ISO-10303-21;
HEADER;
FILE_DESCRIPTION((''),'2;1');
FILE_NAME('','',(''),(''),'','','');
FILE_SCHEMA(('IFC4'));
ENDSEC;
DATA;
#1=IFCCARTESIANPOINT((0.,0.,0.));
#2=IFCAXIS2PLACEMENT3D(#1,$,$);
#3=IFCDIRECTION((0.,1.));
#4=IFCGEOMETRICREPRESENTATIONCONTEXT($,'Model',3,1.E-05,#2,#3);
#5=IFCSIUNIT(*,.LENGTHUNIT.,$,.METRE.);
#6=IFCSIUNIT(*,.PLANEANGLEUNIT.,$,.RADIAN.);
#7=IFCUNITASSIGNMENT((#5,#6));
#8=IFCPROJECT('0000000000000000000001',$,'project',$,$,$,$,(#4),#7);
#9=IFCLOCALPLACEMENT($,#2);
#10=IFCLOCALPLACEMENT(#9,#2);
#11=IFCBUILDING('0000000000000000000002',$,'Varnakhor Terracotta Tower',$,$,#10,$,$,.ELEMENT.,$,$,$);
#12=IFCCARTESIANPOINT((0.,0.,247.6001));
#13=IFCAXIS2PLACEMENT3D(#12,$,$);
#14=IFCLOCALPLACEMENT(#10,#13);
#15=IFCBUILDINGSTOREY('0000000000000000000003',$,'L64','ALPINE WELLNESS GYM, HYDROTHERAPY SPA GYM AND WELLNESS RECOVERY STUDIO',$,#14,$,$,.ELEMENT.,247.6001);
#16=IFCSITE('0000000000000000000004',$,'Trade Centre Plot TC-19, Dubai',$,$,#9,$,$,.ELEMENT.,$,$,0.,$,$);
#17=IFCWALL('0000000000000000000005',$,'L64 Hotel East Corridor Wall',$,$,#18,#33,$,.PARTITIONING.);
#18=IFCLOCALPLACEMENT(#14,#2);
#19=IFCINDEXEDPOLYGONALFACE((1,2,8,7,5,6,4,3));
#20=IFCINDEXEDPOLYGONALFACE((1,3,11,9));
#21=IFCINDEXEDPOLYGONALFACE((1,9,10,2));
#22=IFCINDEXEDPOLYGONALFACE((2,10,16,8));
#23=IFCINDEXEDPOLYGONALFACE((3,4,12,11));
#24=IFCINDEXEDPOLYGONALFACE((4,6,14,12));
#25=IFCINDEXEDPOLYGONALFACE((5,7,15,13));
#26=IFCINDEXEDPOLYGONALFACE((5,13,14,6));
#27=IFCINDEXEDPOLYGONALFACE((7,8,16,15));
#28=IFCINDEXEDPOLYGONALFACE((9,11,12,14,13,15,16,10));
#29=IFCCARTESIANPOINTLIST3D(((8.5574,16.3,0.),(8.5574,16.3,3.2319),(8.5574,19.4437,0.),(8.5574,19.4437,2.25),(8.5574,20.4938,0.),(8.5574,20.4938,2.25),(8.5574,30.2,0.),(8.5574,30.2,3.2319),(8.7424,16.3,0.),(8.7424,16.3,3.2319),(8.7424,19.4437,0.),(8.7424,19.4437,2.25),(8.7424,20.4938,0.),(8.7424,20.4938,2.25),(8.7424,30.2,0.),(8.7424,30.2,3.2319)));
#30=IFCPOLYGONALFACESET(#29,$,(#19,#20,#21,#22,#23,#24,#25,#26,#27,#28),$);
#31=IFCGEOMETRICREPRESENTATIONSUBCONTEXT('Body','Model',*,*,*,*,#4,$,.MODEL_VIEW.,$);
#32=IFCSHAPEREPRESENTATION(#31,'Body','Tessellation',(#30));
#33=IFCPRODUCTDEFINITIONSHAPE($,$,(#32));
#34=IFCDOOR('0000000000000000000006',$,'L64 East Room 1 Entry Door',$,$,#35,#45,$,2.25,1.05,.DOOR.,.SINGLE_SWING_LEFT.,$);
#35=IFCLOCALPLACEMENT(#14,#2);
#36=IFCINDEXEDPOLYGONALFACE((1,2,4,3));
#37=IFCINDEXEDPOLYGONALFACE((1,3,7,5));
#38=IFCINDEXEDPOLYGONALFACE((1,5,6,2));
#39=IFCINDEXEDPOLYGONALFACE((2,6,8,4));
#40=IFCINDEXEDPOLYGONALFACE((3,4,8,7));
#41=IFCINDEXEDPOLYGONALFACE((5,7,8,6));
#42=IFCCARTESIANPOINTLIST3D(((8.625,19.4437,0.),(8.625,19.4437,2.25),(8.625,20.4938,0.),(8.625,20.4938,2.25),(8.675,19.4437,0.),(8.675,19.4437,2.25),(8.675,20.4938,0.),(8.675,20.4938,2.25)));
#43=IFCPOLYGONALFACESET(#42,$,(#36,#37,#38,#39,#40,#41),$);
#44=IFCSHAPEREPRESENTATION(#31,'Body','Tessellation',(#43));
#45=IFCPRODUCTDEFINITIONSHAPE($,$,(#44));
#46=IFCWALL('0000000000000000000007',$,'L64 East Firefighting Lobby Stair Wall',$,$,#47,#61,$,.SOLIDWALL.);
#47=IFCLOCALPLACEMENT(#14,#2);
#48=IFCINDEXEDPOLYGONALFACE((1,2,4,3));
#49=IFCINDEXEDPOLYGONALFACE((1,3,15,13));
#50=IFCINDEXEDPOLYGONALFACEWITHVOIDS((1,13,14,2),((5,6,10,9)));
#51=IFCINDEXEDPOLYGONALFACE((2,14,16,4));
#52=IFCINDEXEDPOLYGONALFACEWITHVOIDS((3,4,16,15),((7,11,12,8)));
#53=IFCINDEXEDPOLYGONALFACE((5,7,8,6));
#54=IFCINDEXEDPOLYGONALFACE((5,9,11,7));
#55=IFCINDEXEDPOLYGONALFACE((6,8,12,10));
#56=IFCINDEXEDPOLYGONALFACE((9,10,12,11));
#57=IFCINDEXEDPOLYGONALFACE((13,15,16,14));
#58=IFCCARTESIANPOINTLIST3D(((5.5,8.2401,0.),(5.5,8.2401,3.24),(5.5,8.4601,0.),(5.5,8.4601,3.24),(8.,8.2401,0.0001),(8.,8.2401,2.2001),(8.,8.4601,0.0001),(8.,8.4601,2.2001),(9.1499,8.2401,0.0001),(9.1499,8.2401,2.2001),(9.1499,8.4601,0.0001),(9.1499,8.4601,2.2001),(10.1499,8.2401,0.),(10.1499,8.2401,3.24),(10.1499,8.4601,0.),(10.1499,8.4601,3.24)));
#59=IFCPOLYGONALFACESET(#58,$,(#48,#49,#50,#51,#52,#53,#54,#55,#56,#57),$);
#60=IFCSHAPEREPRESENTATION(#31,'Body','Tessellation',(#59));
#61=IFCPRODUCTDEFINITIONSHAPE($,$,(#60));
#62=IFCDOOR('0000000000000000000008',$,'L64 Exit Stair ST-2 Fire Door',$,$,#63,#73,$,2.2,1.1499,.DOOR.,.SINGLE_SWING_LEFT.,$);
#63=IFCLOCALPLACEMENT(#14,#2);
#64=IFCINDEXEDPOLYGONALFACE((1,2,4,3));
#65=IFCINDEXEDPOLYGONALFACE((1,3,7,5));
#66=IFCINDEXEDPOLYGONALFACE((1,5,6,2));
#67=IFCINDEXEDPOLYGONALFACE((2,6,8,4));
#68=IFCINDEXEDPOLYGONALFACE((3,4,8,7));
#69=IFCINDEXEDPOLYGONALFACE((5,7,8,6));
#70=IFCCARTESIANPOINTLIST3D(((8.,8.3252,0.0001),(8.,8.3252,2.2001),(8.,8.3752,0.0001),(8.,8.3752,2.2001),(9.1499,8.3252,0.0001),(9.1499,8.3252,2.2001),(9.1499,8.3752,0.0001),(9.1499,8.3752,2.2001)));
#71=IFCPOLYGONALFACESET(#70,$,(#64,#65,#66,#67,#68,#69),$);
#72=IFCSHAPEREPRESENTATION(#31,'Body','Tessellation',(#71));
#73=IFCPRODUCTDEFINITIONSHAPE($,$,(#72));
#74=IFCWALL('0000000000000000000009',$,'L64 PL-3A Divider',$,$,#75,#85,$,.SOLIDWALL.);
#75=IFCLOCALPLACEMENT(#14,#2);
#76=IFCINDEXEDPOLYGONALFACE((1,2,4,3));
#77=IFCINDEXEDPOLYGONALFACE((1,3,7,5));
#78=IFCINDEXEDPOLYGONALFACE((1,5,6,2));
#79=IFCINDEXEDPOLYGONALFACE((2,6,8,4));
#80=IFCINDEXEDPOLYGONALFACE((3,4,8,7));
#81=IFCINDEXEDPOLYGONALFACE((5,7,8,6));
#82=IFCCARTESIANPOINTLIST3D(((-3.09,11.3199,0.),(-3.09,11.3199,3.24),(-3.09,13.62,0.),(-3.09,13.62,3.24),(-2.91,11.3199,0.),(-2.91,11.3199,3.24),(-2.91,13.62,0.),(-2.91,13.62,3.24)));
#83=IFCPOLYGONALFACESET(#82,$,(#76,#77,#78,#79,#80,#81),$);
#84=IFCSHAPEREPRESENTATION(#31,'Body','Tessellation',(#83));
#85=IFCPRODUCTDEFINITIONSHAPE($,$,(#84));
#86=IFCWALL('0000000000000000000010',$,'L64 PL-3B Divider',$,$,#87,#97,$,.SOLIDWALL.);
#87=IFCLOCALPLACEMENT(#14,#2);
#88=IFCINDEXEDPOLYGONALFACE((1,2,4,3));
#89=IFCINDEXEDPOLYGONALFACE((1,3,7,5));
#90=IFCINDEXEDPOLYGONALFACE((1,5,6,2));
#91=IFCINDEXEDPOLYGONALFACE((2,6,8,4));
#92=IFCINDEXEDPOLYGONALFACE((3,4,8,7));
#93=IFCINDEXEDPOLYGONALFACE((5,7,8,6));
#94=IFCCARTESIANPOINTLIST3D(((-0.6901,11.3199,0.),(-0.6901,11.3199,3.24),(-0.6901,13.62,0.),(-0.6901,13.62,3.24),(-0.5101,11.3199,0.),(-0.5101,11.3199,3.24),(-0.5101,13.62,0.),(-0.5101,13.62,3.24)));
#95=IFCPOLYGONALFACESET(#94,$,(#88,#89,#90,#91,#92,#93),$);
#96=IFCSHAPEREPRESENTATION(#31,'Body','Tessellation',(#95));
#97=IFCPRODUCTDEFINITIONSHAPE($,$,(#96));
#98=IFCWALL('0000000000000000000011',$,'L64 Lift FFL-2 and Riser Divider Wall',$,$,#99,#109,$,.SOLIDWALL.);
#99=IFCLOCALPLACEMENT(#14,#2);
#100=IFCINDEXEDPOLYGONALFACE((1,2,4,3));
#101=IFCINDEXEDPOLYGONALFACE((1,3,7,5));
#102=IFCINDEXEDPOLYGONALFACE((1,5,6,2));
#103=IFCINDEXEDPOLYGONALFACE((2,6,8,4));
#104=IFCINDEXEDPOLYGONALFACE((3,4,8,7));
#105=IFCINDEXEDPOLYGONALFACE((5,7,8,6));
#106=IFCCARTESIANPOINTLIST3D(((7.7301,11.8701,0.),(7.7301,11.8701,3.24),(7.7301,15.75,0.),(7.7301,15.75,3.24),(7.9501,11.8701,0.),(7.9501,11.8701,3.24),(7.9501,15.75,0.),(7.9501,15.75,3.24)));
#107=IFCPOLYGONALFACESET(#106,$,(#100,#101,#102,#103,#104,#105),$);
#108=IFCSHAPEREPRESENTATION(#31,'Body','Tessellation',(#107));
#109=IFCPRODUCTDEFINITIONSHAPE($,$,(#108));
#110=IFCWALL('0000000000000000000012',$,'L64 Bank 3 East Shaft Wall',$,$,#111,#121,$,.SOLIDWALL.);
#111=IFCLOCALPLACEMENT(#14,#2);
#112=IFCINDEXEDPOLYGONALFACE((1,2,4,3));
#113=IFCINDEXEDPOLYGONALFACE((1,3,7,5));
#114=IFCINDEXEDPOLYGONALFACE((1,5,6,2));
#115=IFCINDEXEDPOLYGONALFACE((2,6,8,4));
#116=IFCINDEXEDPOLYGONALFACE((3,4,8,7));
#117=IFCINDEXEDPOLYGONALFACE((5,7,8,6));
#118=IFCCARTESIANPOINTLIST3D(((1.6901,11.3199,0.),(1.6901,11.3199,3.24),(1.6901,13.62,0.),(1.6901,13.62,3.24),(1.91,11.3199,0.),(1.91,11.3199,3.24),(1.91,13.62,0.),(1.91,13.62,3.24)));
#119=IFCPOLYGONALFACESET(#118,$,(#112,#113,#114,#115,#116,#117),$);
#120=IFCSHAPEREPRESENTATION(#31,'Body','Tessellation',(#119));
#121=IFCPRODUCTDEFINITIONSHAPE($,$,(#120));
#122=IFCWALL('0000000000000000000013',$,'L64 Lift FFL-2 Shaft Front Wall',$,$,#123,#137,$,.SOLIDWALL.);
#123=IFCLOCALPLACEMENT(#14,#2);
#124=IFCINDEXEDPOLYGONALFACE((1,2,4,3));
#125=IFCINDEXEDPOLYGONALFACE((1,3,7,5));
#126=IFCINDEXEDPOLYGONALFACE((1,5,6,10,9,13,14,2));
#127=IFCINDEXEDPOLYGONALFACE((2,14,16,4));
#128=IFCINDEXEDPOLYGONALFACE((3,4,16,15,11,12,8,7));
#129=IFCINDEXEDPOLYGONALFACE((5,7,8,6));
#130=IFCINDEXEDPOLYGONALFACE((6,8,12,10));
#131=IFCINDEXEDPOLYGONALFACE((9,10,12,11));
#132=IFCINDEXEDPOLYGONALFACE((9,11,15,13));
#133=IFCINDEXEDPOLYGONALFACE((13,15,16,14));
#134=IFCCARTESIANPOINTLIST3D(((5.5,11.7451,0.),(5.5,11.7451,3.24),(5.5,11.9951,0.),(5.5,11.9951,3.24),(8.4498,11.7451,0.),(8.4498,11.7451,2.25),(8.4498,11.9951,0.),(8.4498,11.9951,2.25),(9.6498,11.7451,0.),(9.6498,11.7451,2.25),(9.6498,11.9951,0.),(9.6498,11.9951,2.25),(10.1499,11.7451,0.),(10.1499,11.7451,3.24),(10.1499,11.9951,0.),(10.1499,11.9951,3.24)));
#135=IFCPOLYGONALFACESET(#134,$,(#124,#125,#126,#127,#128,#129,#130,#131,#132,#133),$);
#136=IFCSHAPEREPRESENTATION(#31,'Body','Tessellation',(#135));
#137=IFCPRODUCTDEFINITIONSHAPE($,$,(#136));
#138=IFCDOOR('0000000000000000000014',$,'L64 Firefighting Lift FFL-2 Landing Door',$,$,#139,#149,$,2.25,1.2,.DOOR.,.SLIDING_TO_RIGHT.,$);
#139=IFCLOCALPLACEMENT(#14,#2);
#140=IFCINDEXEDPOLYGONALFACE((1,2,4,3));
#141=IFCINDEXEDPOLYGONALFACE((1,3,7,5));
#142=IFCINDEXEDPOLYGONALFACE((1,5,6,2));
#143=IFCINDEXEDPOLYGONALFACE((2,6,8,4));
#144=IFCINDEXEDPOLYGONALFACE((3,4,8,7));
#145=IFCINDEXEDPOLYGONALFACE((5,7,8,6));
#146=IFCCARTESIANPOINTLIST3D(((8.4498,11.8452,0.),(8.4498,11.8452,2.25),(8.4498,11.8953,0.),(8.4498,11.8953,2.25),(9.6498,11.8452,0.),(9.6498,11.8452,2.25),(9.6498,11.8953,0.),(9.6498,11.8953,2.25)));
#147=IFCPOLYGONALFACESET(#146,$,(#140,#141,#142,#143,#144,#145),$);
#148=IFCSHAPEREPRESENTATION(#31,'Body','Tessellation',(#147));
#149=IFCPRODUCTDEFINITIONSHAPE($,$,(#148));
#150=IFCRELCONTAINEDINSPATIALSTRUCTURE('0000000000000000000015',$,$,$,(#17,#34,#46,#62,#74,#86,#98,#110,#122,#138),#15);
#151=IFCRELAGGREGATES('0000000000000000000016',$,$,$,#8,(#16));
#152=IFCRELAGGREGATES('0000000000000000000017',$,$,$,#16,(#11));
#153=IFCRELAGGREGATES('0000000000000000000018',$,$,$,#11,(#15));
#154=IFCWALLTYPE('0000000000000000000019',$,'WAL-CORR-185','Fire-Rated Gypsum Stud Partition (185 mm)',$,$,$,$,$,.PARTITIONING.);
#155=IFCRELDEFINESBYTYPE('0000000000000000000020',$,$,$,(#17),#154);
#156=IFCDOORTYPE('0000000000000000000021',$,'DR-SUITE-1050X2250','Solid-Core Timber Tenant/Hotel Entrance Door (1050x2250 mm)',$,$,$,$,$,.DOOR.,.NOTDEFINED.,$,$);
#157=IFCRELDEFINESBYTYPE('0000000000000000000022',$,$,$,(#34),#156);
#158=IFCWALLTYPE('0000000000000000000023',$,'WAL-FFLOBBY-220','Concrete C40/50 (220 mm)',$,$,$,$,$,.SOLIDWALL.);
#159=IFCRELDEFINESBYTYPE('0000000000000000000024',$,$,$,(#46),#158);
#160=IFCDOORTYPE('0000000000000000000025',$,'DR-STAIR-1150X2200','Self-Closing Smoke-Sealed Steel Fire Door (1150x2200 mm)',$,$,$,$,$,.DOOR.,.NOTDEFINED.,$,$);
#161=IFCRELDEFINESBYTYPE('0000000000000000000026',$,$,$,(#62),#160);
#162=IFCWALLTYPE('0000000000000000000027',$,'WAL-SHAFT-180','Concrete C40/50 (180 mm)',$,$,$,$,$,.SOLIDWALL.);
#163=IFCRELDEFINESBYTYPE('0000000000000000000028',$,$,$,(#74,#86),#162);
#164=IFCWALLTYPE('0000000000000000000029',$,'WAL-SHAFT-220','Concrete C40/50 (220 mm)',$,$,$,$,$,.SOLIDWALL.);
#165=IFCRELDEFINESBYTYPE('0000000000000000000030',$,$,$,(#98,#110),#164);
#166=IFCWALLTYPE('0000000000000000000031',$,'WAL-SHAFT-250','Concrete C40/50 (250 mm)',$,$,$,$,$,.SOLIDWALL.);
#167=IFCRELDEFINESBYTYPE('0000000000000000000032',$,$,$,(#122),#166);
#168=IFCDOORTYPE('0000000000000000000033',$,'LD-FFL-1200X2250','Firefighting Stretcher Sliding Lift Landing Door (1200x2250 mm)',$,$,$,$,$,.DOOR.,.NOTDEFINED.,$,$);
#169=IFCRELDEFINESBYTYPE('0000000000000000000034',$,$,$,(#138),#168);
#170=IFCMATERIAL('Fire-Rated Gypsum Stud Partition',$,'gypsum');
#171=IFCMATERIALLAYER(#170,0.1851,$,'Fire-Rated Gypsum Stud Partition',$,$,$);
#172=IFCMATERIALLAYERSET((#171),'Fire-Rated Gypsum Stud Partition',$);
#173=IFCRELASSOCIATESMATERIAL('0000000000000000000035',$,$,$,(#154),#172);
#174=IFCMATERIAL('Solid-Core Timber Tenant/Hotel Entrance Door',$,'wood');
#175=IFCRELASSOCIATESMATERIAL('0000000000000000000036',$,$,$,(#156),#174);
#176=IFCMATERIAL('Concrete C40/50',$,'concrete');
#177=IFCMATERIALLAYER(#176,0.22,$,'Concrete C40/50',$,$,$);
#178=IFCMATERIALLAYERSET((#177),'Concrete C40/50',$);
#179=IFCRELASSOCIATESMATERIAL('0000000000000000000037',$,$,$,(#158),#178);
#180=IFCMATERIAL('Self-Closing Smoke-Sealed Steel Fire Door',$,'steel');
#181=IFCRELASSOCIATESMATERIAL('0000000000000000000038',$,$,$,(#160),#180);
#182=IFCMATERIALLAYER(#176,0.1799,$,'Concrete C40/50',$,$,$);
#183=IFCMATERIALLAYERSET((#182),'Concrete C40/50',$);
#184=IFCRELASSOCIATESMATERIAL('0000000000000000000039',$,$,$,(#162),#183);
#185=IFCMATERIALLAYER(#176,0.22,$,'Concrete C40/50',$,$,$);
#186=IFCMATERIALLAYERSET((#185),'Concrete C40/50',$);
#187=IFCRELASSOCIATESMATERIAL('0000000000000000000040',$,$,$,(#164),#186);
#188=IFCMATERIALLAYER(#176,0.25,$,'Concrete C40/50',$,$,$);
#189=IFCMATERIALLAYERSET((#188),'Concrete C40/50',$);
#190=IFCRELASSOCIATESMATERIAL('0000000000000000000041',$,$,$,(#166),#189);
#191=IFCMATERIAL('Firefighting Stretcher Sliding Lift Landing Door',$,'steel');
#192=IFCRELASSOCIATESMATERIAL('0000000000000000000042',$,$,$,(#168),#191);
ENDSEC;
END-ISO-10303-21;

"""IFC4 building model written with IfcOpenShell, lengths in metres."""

from ifc_helpers import new_model, si_unit, direction, frame, frame_2d, origin, place, context, subcontext, project, spatial, rectangle, extrude, source, transform, mapped, material, layer, layer_set, type_object, type_shapes, element, fill, save


model = new_model("IFC4")

# Units and contexts
model_context = context("Model", 3, precision=1e-05, world=origin(), true_north=direction((0.0, 1.0)))
body_context = subcontext(model_context, "Body", "Model", "MODEL_VIEW")
ifc_project = project(units=[si_unit("LENGTHUNIT", "METRE"), si_unit("PLANEANGLEUNIT", "RADIAN")], contexts=[model_context])

# Site, building, storey
site_placement = place(None, origin())
site = spatial("IfcSite", under=ifc_project, at=site_placement, Name="Trade Centre Plot TC-19, Dubai", CompositionType="ELEMENT", RefElevation=0.0)
building_placement = place(site_placement, origin())
building = spatial("IfcBuilding", under=site, at=building_placement, Name="Varnakhor Terracotta Tower", CompositionType="ELEMENT")
storey_placement = place(building_placement, frame((0.0, 0.0, 247.6001)))
storey = spatial("IfcBuildingStorey", under=building, at=storey_placement, Name="L64", Description="ALPINE WELLNESS GYM, HYDROTHERAPY SPA GYM AND WELLNESS RECOVERY STUDIO", CompositionType="ELEMENT", Elevation=247.6001)

# Shared definitions
ifc_material_1 = material(Name="Fire-Rated Gypsum Stud Partition", Category="gypsum")
ifc_layer_1 = layer(ifc_material_1, 0.1851, Name="Fire-Rated Gypsum Stud Partition")
ifc_layer_set_1 = layer_set([ifc_layer_1], Name="Fire-Rated Gypsum Stud Partition")
wall_type_1 = type_object("IfcWallType", Name="WAL-CORR-185", Description="Fire-Rated Gypsum Stud Partition (185 mm)", PredefinedType="PARTITIONING", material=ifc_layer_set_1)

# Walls, openings, doors
wall_1_placement = place(storey_placement, frame((8.6499, 16.3, 0.0), z_axis=(0.0, 0.0, 1.0), x_axis=(0.0, 1.0, 0.0)))
wall_1 = element("IfcWall", 1, at=wall_1_placement, inside=storey, type_object=wall_type_1, Name="L64 Hotel East Corridor Wall", PredefinedType="PARTITIONING", context=body_context, shape_type="SweptSolid", body=[
    extrude(rectangle(XDim=13.8999, YDim=0.1851, at=frame_2d((6.95, 0.0))), origin(), (0.0, 0.0, 1.0), 3.2319),
])
opening_1_placement = place(wall_1_placement, frame((3.1438, 0.0, 0.0)))
opening_1 = element("IfcOpeningElement", 2, at=opening_1_placement, cuts=wall_1, PredefinedType="OPENING", context=body_context, shape_type="SweptSolid", body=[
    extrude(rectangle(XDim=1.05, YDim=2.25, at=frame_2d((0.5249, 1.125))), frame((0.0, 0.1025, 0.0), z_axis=(0.0, -1.0, 0.0), x_axis=(1.0, 0.0, 0.0)), (0.0, 0.0, 1.0), 0.2051),
])
ifc_material_2 = material(Name="Solid-Core Timber Tenant/Hotel Entrance Door", Category="wood")
door_type_1 = type_object("IfcDoorType", Name="DR-SUITE-1050X2250", Description="Solid-Core Timber Tenant/Hotel Entrance Door (1050x2250 mm)", OperationType="NOTDEFINED", PredefinedType="DOOR", material=ifc_material_2)
shared_shape_1 = source(origin(), body_context, "Body", "SweptSolid", [
    extrude(rectangle(XDim=1.05, YDim=2.25, at=frame_2d((0.5249, 1.125))), frame((0.0, 0.0249, 0.0), z_axis=(0.0, -1.0, 0.0), x_axis=(1.0, 0.0, 0.0)), (0.0, 0.0, 1.0), 0.05),
])
type_shapes(door_type_1, [shared_shape_1])
door_1_placement = place(opening_1_placement, origin())
door_1 = element("IfcDoor", 3, at=door_1_placement, inside=storey, type_object=door_type_1, Name="L64 East Room 1 Entry Door", OperationType="SINGLE_SWING_LEFT", OverallHeight=2.25, OverallWidth=1.05, PredefinedType="DOOR", context=body_context, shape_type="MappedRepresentation", body=[
    mapped(shared_shape_1, transform((0.0, 0.0, 0.0), scale=1.0)),
])
fill(opening_1, door_1)
ifc_material_3 = material(Name="Concrete C40/50", Category="concrete")
ifc_layer_2 = layer(ifc_material_3, 0.22, Name="Concrete C40/50")
ifc_layer_set_2 = layer_set([ifc_layer_2], Name="Concrete C40/50")
wall_type_2 = type_object("IfcWallType", Name="WAL-FFLOBBY-220", Description="Concrete C40/50 (220 mm)", PredefinedType="SOLIDWALL", material=ifc_layer_set_2)
wall_2_placement = place(storey_placement, frame((10.1499, 8.3501, 0.0), z_axis=(0.0, 0.0, 1.0), x_axis=(-1.0, 0.0, 0.0)))
wall_2 = element("IfcWall", 4, at=wall_2_placement, inside=storey, type_object=wall_type_2, Name="L64 East Firefighting Lobby Stair Wall", PredefinedType="SOLIDWALL", context=body_context, shape_type="SweptSolid", body=[
    extrude(rectangle(XDim=4.6499, YDim=0.22, at=frame_2d((2.325, 0.0))), origin(), (0.0, 0.0, 1.0), 3.24),
])
opening_2_placement = place(wall_2_placement, frame((1.0, 0.0, 0.0)))
opening_2 = element("IfcOpeningElement", 5, at=opening_2_placement, cuts=wall_2, PredefinedType="OPENING", context=body_context, shape_type="SweptSolid", body=[
    extrude(rectangle(XDim=1.1499, YDim=2.2, at=frame_2d((0.575, 1.1001))), frame((0.0, 0.1201, 0.0), z_axis=(0.0, -1.0, 0.0), x_axis=(1.0, 0.0, 0.0)), (0.0, 0.0, 1.0), 0.24),
])
ifc_material_4 = material(Name="Self-Closing Smoke-Sealed Steel Fire Door", Category="steel")
door_type_2 = type_object("IfcDoorType", Name="DR-STAIR-1150X2200", Description="Self-Closing Smoke-Sealed Steel Fire Door (1150x2200 mm)", OperationType="NOTDEFINED", PredefinedType="DOOR", material=ifc_material_4)
shared_shape_2 = source(origin(), body_context, "Body", "SweptSolid", [
    extrude(rectangle(XDim=1.1499, YDim=2.2, at=frame_2d((0.575, 1.1001))), frame((0.0, 0.0249, 0.0), z_axis=(0.0, -1.0, 0.0), x_axis=(1.0, 0.0, 0.0)), (0.0, 0.0, 1.0), 0.05),
])
type_shapes(door_type_2, [shared_shape_2])
door_2_placement = place(opening_2_placement, origin())
door_2 = element("IfcDoor", 6, at=door_2_placement, inside=storey, type_object=door_type_2, Name="L64 Exit Stair ST-2 Fire Door", OperationType="SINGLE_SWING_LEFT", OverallHeight=2.2, OverallWidth=1.1499, PredefinedType="DOOR", context=body_context, shape_type="MappedRepresentation", body=[
    mapped(shared_shape_2, transform((0.0, 0.0, 0.0), scale=1.0)),
])
fill(opening_2, door_2)

# Walls
ifc_layer_3 = layer(ifc_material_3, 0.1799, Name="Concrete C40/50")
ifc_layer_set_3 = layer_set([ifc_layer_3], Name="Concrete C40/50")
wall_type_3 = type_object("IfcWallType", Name="WAL-SHAFT-180", Description="Concrete C40/50 (180 mm)", PredefinedType="SOLIDWALL", material=ifc_layer_set_3)
for number, where, z_axis, x_axis, name in (
    (7, (-3.0, 11.3201, 0.0), (0.0, 0.0, 1.0), (0.0, 1.0, 0.0), "L64 PL-3A Divider"),
    (8, (-0.6001, 11.3201, 0.0), (0.0, 0.0, 1.0), (0.0, 1.0, 0.0), "L64 PL-3B Divider"),
):
    element("IfcWall", number, at=place(storey_placement, frame(where, z_axis=z_axis, x_axis=x_axis)), inside=storey, type_object=wall_type_3, Name=name, PredefinedType="SOLIDWALL", context=body_context, shape_type="SweptSolid", body=[
        extrude(rectangle(XDim=2.3, YDim=0.1799, at=frame_2d((1.1499, 0.0))), origin(), (0.0, 0.0, 1.0), 3.24),
    ])
ifc_layer_4 = layer(ifc_material_3, 0.22, Name="Concrete C40/50")
ifc_layer_set_4 = layer_set([ifc_layer_4], Name="Concrete C40/50")
wall_type_4 = type_object("IfcWallType", Name="WAL-SHAFT-220", Description="Concrete C40/50 (220 mm)", PredefinedType="SOLIDWALL", material=ifc_layer_set_4)
wall_3_placement = place(storey_placement, frame((7.8401, 11.8701, 0.0), z_axis=(0.0, 0.0, 1.0), x_axis=(0.0, 1.0, 0.0)))
element("IfcWall", 9, at=wall_3_placement, inside=storey, type_object=wall_type_4, Name="L64 Lift FFL-2 and Riser Divider Wall", PredefinedType="SOLIDWALL", context=body_context, shape_type="SweptSolid", body=[
    extrude(rectangle(XDim=3.8799, YDim=0.22, at=frame_2d((1.9399, 0.0))), origin(), (0.0, 0.0, 1.0), 3.24),
])
wall_4_placement = place(storey_placement, frame((1.8, 11.3201, 0.0), z_axis=(0.0, 0.0, 1.0), x_axis=(0.0, 1.0, 0.0)))
element("IfcWall", 10, at=wall_4_placement, inside=storey, type_object=wall_type_4, Name="L64 Bank 3 East Shaft Wall", PredefinedType="SOLIDWALL", context=body_context, shape_type="SweptSolid", body=[
    extrude(rectangle(XDim=2.3, YDim=0.22, at=frame_2d((1.1499, 0.0))), origin(), (0.0, 0.0, 1.0), 3.24),
])

# Wall, opening, door
ifc_layer_5 = layer(ifc_material_3, 0.25, Name="Concrete C40/50")
ifc_layer_set_5 = layer_set([ifc_layer_5], Name="Concrete C40/50")
wall_type_5 = type_object("IfcWallType", Name="WAL-SHAFT-250", Description="Concrete C40/50 (250 mm)", PredefinedType="SOLIDWALL", material=ifc_layer_set_5)
wall_5_placement = place(storey_placement, frame((10.1499, 11.8701, 0.0), z_axis=(0.0, 0.0, 1.0), x_axis=(-1.0, 0.0, 0.0)))
wall_5 = element("IfcWall", 11, at=wall_5_placement, inside=storey, type_object=wall_type_5, Name="L64 Lift FFL-2 Shaft Front Wall", PredefinedType="SOLIDWALL", context=body_context, shape_type="SweptSolid", body=[
    extrude(rectangle(XDim=4.6499, YDim=0.25, at=frame_2d((2.325, 0.0))), origin(), (0.0, 0.0, 1.0), 3.24),
])
opening_3_placement = place(wall_5_placement, frame((0.5, 0.0, 0.0)))
opening_3 = element("IfcOpeningElement", 12, at=opening_3_placement, cuts=wall_5, PredefinedType="OPENING", context=body_context, shape_type="SweptSolid", body=[
    extrude(rectangle(XDim=1.2, YDim=2.25, at=frame_2d((0.6001, 1.125))), frame((0.0, 0.135, 0.0), z_axis=(0.0, -1.0, 0.0), x_axis=(1.0, 0.0, 0.0)), (0.0, 0.0, 1.0), 0.27),
])
ifc_material_5 = material(Name="Firefighting Stretcher Sliding Lift Landing Door", Category="steel")
door_type_3 = type_object("IfcDoorType", Name="LD-FFL-1200X2250", Description="Firefighting Stretcher Sliding Lift Landing Door (1200x2250 mm)", OperationType="NOTDEFINED", PredefinedType="DOOR", material=ifc_material_5)
shared_shape_3 = source(origin(), body_context, "Body", "SweptSolid", [
    extrude(rectangle(XDim=1.2, YDim=2.25, at=frame_2d((0.6001, 1.125))), frame((0.0, 0.0249, 0.0), z_axis=(0.0, -1.0, 0.0), x_axis=(1.0, 0.0, 0.0)), (0.0, 0.0, 1.0), 0.05),
])
type_shapes(door_type_3, [shared_shape_3])
door_3_placement = place(opening_3_placement, origin())
door_3 = element("IfcDoor", 13, at=door_3_placement, inside=storey, type_object=door_type_3, Name="L64 Firefighting Lift FFL-2 Landing Door", OperationType="SLIDING_TO_RIGHT", OverallHeight=2.25, OverallWidth=1.2, PredefinedType="DOOR", context=body_context, shape_type="MappedRepresentation", body=[
    mapped(shared_shape_3, transform((0.0, 0.0, 0.0), scale=1.0)),
])
fill(opening_3, door_3)

save(model, "model.ifc")
